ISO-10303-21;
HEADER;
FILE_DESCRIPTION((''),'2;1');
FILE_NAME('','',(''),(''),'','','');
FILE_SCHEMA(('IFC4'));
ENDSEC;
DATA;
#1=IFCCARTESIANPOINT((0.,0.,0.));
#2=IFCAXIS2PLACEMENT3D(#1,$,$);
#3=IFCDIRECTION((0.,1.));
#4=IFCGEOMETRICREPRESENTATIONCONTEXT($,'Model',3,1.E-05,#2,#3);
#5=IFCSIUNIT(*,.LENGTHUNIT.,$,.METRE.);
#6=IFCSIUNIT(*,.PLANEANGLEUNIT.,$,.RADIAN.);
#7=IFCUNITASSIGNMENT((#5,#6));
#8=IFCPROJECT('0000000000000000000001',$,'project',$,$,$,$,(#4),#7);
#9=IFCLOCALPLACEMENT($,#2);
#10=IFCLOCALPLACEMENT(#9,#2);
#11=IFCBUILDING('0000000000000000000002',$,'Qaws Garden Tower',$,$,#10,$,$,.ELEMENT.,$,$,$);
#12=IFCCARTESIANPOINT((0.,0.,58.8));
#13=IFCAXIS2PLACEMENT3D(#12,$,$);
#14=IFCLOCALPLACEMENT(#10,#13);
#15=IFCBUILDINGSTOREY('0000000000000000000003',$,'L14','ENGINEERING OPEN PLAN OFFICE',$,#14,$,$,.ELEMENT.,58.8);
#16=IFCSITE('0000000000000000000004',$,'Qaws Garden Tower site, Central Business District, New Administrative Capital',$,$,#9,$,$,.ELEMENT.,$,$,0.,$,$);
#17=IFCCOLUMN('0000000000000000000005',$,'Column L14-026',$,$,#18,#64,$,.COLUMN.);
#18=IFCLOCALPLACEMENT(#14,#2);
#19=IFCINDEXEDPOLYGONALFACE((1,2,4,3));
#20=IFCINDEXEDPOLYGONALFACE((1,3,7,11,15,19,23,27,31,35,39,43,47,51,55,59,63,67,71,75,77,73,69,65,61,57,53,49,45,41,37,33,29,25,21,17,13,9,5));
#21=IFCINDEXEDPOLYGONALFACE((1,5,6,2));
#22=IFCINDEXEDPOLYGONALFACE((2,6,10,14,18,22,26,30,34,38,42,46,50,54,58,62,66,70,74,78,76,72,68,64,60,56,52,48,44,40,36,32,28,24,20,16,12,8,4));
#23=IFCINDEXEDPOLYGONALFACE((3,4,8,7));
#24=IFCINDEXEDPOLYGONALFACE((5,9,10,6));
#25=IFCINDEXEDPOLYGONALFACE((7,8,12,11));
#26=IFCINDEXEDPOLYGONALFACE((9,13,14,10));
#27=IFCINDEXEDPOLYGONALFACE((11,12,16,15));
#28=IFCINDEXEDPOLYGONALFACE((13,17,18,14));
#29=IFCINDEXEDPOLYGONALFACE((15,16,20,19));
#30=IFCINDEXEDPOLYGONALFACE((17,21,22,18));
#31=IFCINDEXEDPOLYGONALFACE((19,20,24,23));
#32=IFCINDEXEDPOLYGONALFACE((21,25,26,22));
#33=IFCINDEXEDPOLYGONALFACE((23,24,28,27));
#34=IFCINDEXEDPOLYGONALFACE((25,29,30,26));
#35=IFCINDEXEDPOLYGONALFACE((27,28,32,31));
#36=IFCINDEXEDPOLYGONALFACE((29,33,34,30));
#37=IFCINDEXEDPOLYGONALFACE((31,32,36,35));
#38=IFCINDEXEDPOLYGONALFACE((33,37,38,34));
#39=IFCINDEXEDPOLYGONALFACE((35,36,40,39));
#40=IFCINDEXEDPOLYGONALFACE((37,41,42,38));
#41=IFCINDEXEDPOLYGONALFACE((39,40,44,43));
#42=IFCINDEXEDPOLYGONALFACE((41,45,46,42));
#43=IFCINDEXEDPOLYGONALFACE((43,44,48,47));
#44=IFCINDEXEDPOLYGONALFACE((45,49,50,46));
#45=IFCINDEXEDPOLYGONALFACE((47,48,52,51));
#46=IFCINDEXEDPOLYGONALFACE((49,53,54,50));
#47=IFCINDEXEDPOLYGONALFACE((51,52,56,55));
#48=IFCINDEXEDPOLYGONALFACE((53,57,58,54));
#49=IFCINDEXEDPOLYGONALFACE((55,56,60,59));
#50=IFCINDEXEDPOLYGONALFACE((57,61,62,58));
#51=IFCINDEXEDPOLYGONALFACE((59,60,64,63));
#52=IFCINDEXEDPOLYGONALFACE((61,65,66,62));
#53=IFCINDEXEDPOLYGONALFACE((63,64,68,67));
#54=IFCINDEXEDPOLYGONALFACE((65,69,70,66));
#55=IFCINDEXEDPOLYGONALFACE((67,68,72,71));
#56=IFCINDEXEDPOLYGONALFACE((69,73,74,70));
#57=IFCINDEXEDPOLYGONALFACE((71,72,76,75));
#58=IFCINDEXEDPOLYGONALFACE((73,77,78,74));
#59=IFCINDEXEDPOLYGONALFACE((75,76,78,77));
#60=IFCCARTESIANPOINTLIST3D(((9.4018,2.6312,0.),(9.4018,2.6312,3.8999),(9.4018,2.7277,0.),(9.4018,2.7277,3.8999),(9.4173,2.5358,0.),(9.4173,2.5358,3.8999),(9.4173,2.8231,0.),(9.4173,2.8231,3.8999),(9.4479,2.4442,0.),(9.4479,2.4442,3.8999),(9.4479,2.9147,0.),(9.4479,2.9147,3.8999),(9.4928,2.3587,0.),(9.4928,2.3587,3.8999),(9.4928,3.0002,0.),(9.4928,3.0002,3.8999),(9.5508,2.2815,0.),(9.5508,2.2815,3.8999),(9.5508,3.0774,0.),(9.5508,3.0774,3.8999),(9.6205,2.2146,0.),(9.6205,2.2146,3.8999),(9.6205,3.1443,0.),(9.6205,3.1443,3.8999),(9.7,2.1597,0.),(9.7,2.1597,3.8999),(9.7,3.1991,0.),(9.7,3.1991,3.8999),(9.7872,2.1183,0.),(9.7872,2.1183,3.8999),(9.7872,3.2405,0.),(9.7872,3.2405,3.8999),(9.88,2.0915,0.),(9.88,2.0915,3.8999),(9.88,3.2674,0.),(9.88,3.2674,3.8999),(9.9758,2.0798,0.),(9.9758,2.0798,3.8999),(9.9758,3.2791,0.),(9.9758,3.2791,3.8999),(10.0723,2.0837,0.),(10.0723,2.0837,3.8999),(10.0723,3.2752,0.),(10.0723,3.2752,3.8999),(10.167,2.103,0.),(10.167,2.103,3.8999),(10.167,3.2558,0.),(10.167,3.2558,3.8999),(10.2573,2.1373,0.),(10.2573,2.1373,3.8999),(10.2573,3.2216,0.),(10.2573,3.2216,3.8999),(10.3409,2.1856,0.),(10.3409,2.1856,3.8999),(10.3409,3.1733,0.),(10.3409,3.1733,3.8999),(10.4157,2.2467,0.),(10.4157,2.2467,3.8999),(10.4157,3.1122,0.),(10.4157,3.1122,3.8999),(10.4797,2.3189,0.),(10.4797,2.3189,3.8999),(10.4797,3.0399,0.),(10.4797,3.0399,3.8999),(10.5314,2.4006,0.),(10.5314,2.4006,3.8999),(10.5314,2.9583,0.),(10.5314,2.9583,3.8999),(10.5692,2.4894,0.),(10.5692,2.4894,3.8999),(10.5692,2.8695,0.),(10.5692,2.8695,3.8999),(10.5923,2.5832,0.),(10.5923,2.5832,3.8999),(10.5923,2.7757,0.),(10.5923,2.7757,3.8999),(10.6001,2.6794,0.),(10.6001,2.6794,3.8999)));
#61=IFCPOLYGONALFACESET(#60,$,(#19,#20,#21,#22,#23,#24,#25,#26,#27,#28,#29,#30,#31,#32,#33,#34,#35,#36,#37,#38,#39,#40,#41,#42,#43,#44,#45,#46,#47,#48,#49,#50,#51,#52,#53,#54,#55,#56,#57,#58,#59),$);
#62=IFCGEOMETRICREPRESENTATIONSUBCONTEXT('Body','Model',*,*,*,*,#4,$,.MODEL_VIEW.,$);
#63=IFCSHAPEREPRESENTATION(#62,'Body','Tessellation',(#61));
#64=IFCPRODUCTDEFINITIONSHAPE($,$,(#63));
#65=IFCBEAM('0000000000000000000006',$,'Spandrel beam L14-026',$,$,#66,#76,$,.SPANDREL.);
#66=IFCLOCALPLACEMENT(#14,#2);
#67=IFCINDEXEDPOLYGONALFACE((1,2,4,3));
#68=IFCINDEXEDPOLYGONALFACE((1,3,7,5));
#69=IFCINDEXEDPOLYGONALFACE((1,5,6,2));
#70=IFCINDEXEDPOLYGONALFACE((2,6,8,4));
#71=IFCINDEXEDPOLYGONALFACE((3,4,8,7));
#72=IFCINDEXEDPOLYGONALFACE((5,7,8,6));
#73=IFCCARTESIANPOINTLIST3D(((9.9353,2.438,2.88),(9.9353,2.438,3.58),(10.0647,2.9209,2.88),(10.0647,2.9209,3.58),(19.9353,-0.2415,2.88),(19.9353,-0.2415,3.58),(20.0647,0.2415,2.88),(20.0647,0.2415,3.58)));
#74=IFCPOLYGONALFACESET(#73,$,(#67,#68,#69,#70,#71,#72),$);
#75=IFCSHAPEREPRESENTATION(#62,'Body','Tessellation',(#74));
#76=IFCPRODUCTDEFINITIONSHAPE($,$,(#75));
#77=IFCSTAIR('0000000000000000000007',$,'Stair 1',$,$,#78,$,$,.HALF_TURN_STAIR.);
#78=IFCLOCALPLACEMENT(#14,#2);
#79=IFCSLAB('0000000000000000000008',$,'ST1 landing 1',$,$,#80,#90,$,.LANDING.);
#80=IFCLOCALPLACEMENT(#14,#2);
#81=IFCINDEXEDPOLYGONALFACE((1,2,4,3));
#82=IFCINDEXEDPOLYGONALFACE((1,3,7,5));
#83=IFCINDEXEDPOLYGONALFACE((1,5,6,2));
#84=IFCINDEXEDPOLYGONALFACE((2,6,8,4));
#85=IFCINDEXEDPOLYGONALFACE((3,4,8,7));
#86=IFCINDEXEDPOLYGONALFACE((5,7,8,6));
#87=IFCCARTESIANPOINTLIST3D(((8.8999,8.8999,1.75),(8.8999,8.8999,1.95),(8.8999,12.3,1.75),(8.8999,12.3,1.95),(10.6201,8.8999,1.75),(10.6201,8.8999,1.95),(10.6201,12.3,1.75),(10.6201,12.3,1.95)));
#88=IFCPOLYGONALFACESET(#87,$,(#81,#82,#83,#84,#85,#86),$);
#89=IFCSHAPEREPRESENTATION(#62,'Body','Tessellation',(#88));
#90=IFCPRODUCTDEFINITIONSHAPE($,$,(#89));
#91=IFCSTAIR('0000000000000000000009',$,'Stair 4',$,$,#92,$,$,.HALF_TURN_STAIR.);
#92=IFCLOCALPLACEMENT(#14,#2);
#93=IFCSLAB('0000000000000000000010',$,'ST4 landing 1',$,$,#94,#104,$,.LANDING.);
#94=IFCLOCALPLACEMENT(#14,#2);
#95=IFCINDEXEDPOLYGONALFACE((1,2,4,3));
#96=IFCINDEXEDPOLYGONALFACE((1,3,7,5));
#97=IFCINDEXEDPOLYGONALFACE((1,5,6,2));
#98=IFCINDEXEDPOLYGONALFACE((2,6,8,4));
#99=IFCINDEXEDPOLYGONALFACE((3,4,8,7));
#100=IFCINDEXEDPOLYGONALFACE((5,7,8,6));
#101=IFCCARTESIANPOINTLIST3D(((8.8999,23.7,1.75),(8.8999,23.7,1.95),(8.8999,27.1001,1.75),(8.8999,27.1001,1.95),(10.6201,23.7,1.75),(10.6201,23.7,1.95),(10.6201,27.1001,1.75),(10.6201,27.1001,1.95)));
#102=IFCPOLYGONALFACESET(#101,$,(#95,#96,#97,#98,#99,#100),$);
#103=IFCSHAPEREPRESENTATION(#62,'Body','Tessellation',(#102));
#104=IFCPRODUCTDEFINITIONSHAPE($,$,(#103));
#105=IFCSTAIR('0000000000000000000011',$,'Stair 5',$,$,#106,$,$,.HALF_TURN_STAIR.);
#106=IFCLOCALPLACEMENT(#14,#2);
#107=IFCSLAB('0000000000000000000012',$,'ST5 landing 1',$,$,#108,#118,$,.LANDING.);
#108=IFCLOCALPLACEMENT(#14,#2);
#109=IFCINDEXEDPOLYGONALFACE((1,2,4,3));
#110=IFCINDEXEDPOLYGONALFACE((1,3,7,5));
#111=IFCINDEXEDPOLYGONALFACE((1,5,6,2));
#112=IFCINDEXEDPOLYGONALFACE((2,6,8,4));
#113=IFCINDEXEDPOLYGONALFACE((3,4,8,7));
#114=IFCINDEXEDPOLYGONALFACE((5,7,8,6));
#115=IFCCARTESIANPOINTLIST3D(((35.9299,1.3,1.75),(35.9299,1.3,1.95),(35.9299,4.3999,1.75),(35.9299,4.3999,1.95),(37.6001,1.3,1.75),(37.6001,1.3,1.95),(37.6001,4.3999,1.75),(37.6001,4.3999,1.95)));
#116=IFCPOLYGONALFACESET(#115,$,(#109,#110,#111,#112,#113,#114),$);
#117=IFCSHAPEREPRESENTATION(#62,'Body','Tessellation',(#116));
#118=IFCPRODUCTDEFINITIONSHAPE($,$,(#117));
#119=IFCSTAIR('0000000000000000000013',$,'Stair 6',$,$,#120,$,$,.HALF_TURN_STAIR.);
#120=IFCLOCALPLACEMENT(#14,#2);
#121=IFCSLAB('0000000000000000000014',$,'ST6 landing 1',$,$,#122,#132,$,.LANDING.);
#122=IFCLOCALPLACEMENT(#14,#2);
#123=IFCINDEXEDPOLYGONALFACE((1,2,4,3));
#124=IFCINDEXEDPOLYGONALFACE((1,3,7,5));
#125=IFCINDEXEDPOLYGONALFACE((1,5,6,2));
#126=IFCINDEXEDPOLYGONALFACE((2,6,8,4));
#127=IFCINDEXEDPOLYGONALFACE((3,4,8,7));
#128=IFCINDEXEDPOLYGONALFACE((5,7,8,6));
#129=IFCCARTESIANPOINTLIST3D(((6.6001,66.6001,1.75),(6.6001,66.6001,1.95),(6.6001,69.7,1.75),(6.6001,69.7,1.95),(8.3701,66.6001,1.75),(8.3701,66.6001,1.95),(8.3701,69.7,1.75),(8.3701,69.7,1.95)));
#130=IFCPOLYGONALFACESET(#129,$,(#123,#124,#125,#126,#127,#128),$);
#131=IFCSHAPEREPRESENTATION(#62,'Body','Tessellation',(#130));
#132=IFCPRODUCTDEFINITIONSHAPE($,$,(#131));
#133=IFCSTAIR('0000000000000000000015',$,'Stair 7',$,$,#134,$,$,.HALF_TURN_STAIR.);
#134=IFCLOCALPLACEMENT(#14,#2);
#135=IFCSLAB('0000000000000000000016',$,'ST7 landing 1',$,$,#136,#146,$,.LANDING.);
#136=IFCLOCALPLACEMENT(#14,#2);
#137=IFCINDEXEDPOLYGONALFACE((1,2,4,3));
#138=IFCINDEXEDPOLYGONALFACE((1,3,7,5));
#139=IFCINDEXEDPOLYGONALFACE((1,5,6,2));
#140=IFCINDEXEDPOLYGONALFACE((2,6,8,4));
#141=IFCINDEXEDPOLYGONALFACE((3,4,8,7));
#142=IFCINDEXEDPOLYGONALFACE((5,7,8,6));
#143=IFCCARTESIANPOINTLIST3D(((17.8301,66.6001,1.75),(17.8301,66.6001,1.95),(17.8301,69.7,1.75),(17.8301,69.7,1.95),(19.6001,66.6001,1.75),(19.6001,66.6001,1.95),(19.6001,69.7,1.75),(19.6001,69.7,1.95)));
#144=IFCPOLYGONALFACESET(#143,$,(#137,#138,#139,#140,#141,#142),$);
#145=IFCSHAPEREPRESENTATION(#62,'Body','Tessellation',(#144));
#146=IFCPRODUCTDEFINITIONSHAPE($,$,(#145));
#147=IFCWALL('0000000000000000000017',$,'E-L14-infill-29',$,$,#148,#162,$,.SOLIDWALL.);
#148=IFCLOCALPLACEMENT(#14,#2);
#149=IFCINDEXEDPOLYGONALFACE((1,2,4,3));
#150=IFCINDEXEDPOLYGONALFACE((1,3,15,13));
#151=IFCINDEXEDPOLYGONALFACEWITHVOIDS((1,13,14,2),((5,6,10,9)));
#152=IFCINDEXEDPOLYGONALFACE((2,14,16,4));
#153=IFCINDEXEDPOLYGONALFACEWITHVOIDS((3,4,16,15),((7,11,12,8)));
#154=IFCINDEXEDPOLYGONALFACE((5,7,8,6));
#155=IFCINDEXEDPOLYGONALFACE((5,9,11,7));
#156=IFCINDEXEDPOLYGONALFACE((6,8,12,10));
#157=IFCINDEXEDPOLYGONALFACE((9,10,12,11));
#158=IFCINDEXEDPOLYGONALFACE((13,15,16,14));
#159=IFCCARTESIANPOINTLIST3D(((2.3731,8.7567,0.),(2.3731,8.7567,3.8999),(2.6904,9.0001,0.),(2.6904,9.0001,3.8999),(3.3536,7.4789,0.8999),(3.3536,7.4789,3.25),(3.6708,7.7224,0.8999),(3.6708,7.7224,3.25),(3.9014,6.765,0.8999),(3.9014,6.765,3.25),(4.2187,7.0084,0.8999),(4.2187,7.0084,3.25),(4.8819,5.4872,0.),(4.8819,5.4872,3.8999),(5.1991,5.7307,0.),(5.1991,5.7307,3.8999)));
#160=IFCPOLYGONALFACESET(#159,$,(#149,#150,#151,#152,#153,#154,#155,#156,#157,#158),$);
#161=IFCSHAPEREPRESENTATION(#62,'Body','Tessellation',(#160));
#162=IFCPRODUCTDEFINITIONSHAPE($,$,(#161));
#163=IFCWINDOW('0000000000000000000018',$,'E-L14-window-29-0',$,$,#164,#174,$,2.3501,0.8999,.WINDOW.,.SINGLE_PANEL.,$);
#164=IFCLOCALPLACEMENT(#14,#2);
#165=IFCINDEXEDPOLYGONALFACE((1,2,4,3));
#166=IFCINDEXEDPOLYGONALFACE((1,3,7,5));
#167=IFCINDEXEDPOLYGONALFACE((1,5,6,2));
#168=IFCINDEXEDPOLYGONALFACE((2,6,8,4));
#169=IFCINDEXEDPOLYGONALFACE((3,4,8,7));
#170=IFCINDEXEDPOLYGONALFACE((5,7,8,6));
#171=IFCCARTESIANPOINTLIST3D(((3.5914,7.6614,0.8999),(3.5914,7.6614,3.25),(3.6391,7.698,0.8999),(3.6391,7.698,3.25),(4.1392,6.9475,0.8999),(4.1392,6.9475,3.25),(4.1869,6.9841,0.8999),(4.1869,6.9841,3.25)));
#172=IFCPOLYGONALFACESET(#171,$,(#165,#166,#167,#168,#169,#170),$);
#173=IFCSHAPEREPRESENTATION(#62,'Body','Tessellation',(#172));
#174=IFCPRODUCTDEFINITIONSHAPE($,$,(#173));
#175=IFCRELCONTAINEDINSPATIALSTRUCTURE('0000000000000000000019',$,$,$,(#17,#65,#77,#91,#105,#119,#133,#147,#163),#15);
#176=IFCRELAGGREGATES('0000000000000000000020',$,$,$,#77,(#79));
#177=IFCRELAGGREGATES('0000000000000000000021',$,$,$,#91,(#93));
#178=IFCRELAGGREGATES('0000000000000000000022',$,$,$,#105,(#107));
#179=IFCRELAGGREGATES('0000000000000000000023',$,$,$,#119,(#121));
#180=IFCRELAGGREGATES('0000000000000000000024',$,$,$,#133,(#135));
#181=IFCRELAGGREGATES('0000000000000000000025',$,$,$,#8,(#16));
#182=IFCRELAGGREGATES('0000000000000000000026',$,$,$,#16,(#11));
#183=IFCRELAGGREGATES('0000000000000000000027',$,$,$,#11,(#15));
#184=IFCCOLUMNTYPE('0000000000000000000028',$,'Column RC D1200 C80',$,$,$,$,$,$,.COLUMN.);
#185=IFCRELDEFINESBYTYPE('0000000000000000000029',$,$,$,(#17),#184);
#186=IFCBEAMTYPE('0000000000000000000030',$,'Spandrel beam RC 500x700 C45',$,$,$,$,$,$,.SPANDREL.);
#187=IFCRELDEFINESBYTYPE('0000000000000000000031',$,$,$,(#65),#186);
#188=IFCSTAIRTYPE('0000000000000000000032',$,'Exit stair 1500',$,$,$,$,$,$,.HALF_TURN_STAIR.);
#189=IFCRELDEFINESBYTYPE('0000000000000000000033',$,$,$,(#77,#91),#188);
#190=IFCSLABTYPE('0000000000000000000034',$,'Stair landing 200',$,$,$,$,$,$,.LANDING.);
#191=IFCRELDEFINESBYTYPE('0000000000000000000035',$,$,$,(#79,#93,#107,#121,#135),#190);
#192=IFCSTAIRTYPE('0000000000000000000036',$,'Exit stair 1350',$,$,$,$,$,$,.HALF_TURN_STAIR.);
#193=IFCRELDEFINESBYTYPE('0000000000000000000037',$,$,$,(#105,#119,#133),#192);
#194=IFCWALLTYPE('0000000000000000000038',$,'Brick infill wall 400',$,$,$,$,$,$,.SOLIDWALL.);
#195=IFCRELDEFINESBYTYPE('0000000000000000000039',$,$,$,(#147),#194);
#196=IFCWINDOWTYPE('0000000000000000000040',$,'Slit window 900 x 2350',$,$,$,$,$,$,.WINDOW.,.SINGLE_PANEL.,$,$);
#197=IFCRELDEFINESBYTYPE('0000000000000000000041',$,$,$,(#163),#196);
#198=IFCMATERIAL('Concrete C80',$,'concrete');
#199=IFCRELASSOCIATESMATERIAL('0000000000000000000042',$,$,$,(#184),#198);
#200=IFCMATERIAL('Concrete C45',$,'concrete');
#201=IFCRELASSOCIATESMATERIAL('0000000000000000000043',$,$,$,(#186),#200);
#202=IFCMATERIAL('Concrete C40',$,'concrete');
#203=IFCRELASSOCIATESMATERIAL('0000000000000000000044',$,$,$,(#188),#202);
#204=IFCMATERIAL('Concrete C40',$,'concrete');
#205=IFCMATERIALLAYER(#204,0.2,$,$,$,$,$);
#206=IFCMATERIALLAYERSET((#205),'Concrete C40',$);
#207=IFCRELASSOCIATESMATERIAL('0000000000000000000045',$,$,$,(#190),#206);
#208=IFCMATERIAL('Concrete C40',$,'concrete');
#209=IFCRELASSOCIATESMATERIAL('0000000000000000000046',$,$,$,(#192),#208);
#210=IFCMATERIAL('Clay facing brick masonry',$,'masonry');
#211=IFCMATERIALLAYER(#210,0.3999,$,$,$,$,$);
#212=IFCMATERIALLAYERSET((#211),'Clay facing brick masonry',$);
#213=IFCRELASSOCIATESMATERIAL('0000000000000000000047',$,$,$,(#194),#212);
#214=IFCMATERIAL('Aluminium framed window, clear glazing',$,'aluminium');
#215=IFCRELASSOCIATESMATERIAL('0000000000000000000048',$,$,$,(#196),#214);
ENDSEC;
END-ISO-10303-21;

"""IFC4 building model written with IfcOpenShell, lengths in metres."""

from ifc_helpers import new_model, si_unit, direction, frame, frame_2d, origin, origin_2d, place, context, subcontext, project, spatial, polyline, rectangle, circle, outline, extrude, material, layer, layer_set, material_profile, profile_set, type_object, element, fill, aggregate, save


model = new_model("IFC4")

# Units and contexts
model_context = context("Model", 3, precision=1e-05, world=origin(), true_north=direction((0.0, 1.0)))
body_context = subcontext(model_context, "Body", "Model", "MODEL_VIEW")
ifc_project = project(units=[si_unit("LENGTHUNIT", "METRE"), si_unit("PLANEANGLEUNIT", "RADIAN")], contexts=[model_context])

# Site, building, storey
site_placement = place(None, origin())
site = spatial("IfcSite", under=ifc_project, at=site_placement, Name="Qaws Garden Tower site, Central Business District, New Administrative Capital", CompositionType="ELEMENT", RefElevation=0.0)
building_placement = place(site_placement, origin())
building = spatial("IfcBuilding", under=site, at=building_placement, Name="Qaws Garden Tower", CompositionType="ELEMENT")
storey_placement = place(building_placement, frame((0.0, 0.0, 58.8)))
storey = spatial("IfcBuildingStorey", under=building, at=storey_placement, Name="L14", Description="ENGINEERING OPEN PLAN OFFICE", CompositionType="ELEMENT", Elevation=58.8)

# Column
ifc_material_1 = material(Name="Concrete C80", Category="concrete")
ifc_material_profile_1 = material_profile(ifc_material_1, circle(Radius=0.6001, at=origin_2d()), Name="RC D1200")
ifc_profile_set_1 = profile_set([ifc_material_profile_1], Name="Concrete C80")
column_type = type_object("IfcColumnType", Name="Column RC D1200 C80", PredefinedType="COLUMN", material=ifc_profile_set_1)
column_placement = place(storey_placement, frame((10.0, 2.6794, 0.0), z_axis=(0.0, 0.0, 1.0), x_axis=(1.0, 0.0, 0.0)))
element("IfcColumn", 1, at=column_placement, inside=storey, type_object=column_type, Name="Column L14-026", PredefinedType="COLUMN", context=body_context, shape_type="SweptSolid", body=[
    extrude(circle(Radius=0.6001, at=origin_2d()), origin(), (0.0, 0.0, 1.0), 3.8999),
])

# Beam
ifc_material_2 = material(Name="Concrete C45", Category="concrete")
ifc_material_profile_2 = material_profile(ifc_material_2, rectangle(XDim=0.5, YDim=0.7, at=origin_2d()), Name="RC 500x700")
ifc_profile_set_2 = profile_set([ifc_material_profile_2], Name="Concrete C45")
beam_type = type_object("IfcBeamType", Name="Spandrel beam RC 500x700 C45", PredefinedType="SPANDREL", material=ifc_profile_set_2)
beam_placement = place(storey_placement, frame((10.0, 2.6794, 3.23), z_axis=(0.965927, -0.258815, 0.0), x_axis=(0.258815, 0.965927, 0.0)))
element("IfcBeam", 2, at=beam_placement, inside=storey, type_object=beam_type, Name="Spandrel beam L14-026", PredefinedType="SPANDREL", context=body_context, shape_type="SweptSolid", body=[
    extrude(rectangle(XDim=0.5, YDim=0.7, at=origin_2d()), origin(), (0.0, 0.0, 1.0), 10.3528),
])

# Stairs, slabs
ifc_material_3 = material(Name="Concrete C40", Category="concrete")
stair_type_1 = type_object("IfcStairType", Name="Exit stair 1500", PredefinedType="HALF_TURN_STAIR", material=ifc_material_3)
placement_1 = place(storey_placement, origin())
stair_1 = element("IfcStair", 3, at=placement_1, inside=storey, type_object=stair_type_1, Name="Stair 1", PredefinedType="HALF_TURN_STAIR")
ifc_material_4 = material(Name="Concrete C40", Category="concrete")
ifc_layer_1 = layer(ifc_material_4, 0.2)
ifc_layer_set_1 = layer_set([ifc_layer_1], Name="Concrete C40")
slab_type = type_object("IfcSlabType", Name="Stair landing 200", PredefinedType="LANDING", material=ifc_layer_set_1)
placement_2 = place(storey_placement, frame((0.0, 0.0, 1.75)))
slab_1 = element("IfcSlab", 4, at=placement_2, type_object=slab_type, Name="ST1 landing 1", PredefinedType="LANDING", context=body_context, shape_type="SweptSolid", body=[
    extrude(outline(polyline([(8.8999, 8.8999), (10.6201, 8.8999), (10.6201, 12.3), (8.8999, 12.3), (8.8999, 8.8999)])), origin(), (0.0, 0.0, 1.0), 0.2),
])
aggregate(stair_1, [slab_1])
stair_2 = element("IfcStair", 5, at=placement_1, inside=storey, type_object=stair_type_1, Name="Stair 4", PredefinedType="HALF_TURN_STAIR")
slab_2 = element("IfcSlab", 6, at=placement_2, type_object=slab_type, Name="ST4 landing 1", PredefinedType="LANDING", context=body_context, shape_type="SweptSolid", body=[
    extrude(outline(polyline([(8.8999, 23.7), (10.6201, 23.7), (10.6201, 27.1001), (8.8999, 27.1001), (8.8999, 23.7)])), origin(), (0.0, 0.0, 1.0), 0.2),
])
aggregate(stair_2, [slab_2])
ifc_material_5 = material(Name="Concrete C40", Category="concrete")
stair_type_2 = type_object("IfcStairType", Name="Exit stair 1350", PredefinedType="HALF_TURN_STAIR", material=ifc_material_5)
stair_3 = element("IfcStair", 7, at=placement_1, inside=storey, type_object=stair_type_2, Name="Stair 5", PredefinedType="HALF_TURN_STAIR")
slab_3 = element("IfcSlab", 8, at=placement_2, type_object=slab_type, Name="ST5 landing 1", PredefinedType="LANDING", context=body_context, shape_type="SweptSolid", body=[
    extrude(outline(polyline([(35.9299, 1.3), (37.6001, 1.3), (37.6001, 4.3999), (35.9299, 4.3999), (35.9299, 1.3)])), origin(), (0.0, 0.0, 1.0), 0.2),
])
aggregate(stair_3, [slab_3])
stair_4 = element("IfcStair", 9, at=placement_1, inside=storey, type_object=stair_type_2, Name="Stair 6", PredefinedType="HALF_TURN_STAIR")
slab_4 = element("IfcSlab", 10, at=placement_2, type_object=slab_type, Name="ST6 landing 1", PredefinedType="LANDING", context=body_context, shape_type="SweptSolid", body=[
    extrude(outline(polyline([(6.6001, 66.6001), (8.3701, 66.6001), (8.3701, 69.7), (6.6001, 69.7), (6.6001, 66.6001)])), origin(), (0.0, 0.0, 1.0), 0.2),
])
aggregate(stair_4, [slab_4])
stair_5 = element("IfcStair", 11, at=placement_1, inside=storey, type_object=stair_type_2, Name="Stair 7", PredefinedType="HALF_TURN_STAIR")
slab_5 = element("IfcSlab", 12, at=placement_2, type_object=slab_type, Name="ST7 landing 1", PredefinedType="LANDING", context=body_context, shape_type="SweptSolid", body=[
    extrude(outline(polyline([(17.8301, 66.6001), (19.6001, 66.6001), (19.6001, 69.7), (17.8301, 69.7), (17.8301, 66.6001)])), origin(), (0.0, 0.0, 1.0), 0.2),
])
aggregate(stair_5, [slab_5])

# Wall, opening, window
ifc_material_6 = material(Name="Clay facing brick masonry", Category="masonry")
ifc_layer_2 = layer(ifc_material_6, 0.3999)
ifc_layer_set_2 = layer_set([ifc_layer_2], Name="Clay facing brick masonry")
wall_type_1 = type_object("IfcWallType", Name="Brick infill wall 400", PredefinedType="SOLIDWALL", material=ifc_layer_set_2)
wall_1_placement = place(storey_placement, frame((2.5317, 8.8784, 0.0), z_axis=(0.0, 0.0, 1.0), x_axis=(0.60876, -0.793355, 0.0)))
wall_1 = element("IfcWall", 13, at=wall_1_placement, inside=storey, type_object=wall_type_1, Name="E-L14-infill-29", PredefinedType="SOLIDWALL", context=body_context, shape_type="SweptSolid", body=[
    extrude(rectangle(XDim=4.1211, YDim=0.3999, at=frame_2d((2.0605, 0.0))), origin(), (0.0, 0.0, 1.0), 3.8999),
])
opening_1_placement = place(wall_1_placement, frame((1.6106, 0.0, 0.8999)))
opening_1 = element("IfcOpeningElement", 14, at=opening_1_placement, cuts=wall_1, PredefinedType="OPENING", context=body_context, shape_type="SweptSolid", body=[
    extrude(rectangle(XDim=0.8999, YDim=2.3501, at=frame_2d((0.45, 1.175))), frame((0.0, 0.21, 0.0), z_axis=(0.0, -1.0, 0.0), x_axis=(1.0, 0.0, 0.0)), (0.0, 0.0, 1.0), 0.4199),
])
ifc_material_7 = material(Name="Aluminium framed window, clear glazing", Category="aluminium")
window_type = type_object("IfcWindowType", Name="Slit window 900 x 2350", PartitioningType="SINGLE_PANEL", PredefinedType="WINDOW", material=ifc_material_7)
window_1_placement = place(opening_1_placement, origin())
window_1 = element("IfcWindow", 15, at=window_1_placement, inside=storey, type_object=window_type, Name="E-L14-window-29-0", OverallHeight=2.3501, OverallWidth=0.8999, PartitioningType="SINGLE_PANEL", PredefinedType="WINDOW", context=body_context, shape_type="SweptSolid", body=[
    extrude(rectangle(XDim=0.8999, YDim=2.3501, at=frame_2d((0.45, 1.175))), frame((0.0, 0.1599, 0.0), z_axis=(0.0, -1.0, 0.0), x_axis=(1.0, 0.0, 0.0)), (0.0, 0.0, 1.0), 0.0601),
])
fill(opening_1, window_1)

save(model, "model.ifc")
